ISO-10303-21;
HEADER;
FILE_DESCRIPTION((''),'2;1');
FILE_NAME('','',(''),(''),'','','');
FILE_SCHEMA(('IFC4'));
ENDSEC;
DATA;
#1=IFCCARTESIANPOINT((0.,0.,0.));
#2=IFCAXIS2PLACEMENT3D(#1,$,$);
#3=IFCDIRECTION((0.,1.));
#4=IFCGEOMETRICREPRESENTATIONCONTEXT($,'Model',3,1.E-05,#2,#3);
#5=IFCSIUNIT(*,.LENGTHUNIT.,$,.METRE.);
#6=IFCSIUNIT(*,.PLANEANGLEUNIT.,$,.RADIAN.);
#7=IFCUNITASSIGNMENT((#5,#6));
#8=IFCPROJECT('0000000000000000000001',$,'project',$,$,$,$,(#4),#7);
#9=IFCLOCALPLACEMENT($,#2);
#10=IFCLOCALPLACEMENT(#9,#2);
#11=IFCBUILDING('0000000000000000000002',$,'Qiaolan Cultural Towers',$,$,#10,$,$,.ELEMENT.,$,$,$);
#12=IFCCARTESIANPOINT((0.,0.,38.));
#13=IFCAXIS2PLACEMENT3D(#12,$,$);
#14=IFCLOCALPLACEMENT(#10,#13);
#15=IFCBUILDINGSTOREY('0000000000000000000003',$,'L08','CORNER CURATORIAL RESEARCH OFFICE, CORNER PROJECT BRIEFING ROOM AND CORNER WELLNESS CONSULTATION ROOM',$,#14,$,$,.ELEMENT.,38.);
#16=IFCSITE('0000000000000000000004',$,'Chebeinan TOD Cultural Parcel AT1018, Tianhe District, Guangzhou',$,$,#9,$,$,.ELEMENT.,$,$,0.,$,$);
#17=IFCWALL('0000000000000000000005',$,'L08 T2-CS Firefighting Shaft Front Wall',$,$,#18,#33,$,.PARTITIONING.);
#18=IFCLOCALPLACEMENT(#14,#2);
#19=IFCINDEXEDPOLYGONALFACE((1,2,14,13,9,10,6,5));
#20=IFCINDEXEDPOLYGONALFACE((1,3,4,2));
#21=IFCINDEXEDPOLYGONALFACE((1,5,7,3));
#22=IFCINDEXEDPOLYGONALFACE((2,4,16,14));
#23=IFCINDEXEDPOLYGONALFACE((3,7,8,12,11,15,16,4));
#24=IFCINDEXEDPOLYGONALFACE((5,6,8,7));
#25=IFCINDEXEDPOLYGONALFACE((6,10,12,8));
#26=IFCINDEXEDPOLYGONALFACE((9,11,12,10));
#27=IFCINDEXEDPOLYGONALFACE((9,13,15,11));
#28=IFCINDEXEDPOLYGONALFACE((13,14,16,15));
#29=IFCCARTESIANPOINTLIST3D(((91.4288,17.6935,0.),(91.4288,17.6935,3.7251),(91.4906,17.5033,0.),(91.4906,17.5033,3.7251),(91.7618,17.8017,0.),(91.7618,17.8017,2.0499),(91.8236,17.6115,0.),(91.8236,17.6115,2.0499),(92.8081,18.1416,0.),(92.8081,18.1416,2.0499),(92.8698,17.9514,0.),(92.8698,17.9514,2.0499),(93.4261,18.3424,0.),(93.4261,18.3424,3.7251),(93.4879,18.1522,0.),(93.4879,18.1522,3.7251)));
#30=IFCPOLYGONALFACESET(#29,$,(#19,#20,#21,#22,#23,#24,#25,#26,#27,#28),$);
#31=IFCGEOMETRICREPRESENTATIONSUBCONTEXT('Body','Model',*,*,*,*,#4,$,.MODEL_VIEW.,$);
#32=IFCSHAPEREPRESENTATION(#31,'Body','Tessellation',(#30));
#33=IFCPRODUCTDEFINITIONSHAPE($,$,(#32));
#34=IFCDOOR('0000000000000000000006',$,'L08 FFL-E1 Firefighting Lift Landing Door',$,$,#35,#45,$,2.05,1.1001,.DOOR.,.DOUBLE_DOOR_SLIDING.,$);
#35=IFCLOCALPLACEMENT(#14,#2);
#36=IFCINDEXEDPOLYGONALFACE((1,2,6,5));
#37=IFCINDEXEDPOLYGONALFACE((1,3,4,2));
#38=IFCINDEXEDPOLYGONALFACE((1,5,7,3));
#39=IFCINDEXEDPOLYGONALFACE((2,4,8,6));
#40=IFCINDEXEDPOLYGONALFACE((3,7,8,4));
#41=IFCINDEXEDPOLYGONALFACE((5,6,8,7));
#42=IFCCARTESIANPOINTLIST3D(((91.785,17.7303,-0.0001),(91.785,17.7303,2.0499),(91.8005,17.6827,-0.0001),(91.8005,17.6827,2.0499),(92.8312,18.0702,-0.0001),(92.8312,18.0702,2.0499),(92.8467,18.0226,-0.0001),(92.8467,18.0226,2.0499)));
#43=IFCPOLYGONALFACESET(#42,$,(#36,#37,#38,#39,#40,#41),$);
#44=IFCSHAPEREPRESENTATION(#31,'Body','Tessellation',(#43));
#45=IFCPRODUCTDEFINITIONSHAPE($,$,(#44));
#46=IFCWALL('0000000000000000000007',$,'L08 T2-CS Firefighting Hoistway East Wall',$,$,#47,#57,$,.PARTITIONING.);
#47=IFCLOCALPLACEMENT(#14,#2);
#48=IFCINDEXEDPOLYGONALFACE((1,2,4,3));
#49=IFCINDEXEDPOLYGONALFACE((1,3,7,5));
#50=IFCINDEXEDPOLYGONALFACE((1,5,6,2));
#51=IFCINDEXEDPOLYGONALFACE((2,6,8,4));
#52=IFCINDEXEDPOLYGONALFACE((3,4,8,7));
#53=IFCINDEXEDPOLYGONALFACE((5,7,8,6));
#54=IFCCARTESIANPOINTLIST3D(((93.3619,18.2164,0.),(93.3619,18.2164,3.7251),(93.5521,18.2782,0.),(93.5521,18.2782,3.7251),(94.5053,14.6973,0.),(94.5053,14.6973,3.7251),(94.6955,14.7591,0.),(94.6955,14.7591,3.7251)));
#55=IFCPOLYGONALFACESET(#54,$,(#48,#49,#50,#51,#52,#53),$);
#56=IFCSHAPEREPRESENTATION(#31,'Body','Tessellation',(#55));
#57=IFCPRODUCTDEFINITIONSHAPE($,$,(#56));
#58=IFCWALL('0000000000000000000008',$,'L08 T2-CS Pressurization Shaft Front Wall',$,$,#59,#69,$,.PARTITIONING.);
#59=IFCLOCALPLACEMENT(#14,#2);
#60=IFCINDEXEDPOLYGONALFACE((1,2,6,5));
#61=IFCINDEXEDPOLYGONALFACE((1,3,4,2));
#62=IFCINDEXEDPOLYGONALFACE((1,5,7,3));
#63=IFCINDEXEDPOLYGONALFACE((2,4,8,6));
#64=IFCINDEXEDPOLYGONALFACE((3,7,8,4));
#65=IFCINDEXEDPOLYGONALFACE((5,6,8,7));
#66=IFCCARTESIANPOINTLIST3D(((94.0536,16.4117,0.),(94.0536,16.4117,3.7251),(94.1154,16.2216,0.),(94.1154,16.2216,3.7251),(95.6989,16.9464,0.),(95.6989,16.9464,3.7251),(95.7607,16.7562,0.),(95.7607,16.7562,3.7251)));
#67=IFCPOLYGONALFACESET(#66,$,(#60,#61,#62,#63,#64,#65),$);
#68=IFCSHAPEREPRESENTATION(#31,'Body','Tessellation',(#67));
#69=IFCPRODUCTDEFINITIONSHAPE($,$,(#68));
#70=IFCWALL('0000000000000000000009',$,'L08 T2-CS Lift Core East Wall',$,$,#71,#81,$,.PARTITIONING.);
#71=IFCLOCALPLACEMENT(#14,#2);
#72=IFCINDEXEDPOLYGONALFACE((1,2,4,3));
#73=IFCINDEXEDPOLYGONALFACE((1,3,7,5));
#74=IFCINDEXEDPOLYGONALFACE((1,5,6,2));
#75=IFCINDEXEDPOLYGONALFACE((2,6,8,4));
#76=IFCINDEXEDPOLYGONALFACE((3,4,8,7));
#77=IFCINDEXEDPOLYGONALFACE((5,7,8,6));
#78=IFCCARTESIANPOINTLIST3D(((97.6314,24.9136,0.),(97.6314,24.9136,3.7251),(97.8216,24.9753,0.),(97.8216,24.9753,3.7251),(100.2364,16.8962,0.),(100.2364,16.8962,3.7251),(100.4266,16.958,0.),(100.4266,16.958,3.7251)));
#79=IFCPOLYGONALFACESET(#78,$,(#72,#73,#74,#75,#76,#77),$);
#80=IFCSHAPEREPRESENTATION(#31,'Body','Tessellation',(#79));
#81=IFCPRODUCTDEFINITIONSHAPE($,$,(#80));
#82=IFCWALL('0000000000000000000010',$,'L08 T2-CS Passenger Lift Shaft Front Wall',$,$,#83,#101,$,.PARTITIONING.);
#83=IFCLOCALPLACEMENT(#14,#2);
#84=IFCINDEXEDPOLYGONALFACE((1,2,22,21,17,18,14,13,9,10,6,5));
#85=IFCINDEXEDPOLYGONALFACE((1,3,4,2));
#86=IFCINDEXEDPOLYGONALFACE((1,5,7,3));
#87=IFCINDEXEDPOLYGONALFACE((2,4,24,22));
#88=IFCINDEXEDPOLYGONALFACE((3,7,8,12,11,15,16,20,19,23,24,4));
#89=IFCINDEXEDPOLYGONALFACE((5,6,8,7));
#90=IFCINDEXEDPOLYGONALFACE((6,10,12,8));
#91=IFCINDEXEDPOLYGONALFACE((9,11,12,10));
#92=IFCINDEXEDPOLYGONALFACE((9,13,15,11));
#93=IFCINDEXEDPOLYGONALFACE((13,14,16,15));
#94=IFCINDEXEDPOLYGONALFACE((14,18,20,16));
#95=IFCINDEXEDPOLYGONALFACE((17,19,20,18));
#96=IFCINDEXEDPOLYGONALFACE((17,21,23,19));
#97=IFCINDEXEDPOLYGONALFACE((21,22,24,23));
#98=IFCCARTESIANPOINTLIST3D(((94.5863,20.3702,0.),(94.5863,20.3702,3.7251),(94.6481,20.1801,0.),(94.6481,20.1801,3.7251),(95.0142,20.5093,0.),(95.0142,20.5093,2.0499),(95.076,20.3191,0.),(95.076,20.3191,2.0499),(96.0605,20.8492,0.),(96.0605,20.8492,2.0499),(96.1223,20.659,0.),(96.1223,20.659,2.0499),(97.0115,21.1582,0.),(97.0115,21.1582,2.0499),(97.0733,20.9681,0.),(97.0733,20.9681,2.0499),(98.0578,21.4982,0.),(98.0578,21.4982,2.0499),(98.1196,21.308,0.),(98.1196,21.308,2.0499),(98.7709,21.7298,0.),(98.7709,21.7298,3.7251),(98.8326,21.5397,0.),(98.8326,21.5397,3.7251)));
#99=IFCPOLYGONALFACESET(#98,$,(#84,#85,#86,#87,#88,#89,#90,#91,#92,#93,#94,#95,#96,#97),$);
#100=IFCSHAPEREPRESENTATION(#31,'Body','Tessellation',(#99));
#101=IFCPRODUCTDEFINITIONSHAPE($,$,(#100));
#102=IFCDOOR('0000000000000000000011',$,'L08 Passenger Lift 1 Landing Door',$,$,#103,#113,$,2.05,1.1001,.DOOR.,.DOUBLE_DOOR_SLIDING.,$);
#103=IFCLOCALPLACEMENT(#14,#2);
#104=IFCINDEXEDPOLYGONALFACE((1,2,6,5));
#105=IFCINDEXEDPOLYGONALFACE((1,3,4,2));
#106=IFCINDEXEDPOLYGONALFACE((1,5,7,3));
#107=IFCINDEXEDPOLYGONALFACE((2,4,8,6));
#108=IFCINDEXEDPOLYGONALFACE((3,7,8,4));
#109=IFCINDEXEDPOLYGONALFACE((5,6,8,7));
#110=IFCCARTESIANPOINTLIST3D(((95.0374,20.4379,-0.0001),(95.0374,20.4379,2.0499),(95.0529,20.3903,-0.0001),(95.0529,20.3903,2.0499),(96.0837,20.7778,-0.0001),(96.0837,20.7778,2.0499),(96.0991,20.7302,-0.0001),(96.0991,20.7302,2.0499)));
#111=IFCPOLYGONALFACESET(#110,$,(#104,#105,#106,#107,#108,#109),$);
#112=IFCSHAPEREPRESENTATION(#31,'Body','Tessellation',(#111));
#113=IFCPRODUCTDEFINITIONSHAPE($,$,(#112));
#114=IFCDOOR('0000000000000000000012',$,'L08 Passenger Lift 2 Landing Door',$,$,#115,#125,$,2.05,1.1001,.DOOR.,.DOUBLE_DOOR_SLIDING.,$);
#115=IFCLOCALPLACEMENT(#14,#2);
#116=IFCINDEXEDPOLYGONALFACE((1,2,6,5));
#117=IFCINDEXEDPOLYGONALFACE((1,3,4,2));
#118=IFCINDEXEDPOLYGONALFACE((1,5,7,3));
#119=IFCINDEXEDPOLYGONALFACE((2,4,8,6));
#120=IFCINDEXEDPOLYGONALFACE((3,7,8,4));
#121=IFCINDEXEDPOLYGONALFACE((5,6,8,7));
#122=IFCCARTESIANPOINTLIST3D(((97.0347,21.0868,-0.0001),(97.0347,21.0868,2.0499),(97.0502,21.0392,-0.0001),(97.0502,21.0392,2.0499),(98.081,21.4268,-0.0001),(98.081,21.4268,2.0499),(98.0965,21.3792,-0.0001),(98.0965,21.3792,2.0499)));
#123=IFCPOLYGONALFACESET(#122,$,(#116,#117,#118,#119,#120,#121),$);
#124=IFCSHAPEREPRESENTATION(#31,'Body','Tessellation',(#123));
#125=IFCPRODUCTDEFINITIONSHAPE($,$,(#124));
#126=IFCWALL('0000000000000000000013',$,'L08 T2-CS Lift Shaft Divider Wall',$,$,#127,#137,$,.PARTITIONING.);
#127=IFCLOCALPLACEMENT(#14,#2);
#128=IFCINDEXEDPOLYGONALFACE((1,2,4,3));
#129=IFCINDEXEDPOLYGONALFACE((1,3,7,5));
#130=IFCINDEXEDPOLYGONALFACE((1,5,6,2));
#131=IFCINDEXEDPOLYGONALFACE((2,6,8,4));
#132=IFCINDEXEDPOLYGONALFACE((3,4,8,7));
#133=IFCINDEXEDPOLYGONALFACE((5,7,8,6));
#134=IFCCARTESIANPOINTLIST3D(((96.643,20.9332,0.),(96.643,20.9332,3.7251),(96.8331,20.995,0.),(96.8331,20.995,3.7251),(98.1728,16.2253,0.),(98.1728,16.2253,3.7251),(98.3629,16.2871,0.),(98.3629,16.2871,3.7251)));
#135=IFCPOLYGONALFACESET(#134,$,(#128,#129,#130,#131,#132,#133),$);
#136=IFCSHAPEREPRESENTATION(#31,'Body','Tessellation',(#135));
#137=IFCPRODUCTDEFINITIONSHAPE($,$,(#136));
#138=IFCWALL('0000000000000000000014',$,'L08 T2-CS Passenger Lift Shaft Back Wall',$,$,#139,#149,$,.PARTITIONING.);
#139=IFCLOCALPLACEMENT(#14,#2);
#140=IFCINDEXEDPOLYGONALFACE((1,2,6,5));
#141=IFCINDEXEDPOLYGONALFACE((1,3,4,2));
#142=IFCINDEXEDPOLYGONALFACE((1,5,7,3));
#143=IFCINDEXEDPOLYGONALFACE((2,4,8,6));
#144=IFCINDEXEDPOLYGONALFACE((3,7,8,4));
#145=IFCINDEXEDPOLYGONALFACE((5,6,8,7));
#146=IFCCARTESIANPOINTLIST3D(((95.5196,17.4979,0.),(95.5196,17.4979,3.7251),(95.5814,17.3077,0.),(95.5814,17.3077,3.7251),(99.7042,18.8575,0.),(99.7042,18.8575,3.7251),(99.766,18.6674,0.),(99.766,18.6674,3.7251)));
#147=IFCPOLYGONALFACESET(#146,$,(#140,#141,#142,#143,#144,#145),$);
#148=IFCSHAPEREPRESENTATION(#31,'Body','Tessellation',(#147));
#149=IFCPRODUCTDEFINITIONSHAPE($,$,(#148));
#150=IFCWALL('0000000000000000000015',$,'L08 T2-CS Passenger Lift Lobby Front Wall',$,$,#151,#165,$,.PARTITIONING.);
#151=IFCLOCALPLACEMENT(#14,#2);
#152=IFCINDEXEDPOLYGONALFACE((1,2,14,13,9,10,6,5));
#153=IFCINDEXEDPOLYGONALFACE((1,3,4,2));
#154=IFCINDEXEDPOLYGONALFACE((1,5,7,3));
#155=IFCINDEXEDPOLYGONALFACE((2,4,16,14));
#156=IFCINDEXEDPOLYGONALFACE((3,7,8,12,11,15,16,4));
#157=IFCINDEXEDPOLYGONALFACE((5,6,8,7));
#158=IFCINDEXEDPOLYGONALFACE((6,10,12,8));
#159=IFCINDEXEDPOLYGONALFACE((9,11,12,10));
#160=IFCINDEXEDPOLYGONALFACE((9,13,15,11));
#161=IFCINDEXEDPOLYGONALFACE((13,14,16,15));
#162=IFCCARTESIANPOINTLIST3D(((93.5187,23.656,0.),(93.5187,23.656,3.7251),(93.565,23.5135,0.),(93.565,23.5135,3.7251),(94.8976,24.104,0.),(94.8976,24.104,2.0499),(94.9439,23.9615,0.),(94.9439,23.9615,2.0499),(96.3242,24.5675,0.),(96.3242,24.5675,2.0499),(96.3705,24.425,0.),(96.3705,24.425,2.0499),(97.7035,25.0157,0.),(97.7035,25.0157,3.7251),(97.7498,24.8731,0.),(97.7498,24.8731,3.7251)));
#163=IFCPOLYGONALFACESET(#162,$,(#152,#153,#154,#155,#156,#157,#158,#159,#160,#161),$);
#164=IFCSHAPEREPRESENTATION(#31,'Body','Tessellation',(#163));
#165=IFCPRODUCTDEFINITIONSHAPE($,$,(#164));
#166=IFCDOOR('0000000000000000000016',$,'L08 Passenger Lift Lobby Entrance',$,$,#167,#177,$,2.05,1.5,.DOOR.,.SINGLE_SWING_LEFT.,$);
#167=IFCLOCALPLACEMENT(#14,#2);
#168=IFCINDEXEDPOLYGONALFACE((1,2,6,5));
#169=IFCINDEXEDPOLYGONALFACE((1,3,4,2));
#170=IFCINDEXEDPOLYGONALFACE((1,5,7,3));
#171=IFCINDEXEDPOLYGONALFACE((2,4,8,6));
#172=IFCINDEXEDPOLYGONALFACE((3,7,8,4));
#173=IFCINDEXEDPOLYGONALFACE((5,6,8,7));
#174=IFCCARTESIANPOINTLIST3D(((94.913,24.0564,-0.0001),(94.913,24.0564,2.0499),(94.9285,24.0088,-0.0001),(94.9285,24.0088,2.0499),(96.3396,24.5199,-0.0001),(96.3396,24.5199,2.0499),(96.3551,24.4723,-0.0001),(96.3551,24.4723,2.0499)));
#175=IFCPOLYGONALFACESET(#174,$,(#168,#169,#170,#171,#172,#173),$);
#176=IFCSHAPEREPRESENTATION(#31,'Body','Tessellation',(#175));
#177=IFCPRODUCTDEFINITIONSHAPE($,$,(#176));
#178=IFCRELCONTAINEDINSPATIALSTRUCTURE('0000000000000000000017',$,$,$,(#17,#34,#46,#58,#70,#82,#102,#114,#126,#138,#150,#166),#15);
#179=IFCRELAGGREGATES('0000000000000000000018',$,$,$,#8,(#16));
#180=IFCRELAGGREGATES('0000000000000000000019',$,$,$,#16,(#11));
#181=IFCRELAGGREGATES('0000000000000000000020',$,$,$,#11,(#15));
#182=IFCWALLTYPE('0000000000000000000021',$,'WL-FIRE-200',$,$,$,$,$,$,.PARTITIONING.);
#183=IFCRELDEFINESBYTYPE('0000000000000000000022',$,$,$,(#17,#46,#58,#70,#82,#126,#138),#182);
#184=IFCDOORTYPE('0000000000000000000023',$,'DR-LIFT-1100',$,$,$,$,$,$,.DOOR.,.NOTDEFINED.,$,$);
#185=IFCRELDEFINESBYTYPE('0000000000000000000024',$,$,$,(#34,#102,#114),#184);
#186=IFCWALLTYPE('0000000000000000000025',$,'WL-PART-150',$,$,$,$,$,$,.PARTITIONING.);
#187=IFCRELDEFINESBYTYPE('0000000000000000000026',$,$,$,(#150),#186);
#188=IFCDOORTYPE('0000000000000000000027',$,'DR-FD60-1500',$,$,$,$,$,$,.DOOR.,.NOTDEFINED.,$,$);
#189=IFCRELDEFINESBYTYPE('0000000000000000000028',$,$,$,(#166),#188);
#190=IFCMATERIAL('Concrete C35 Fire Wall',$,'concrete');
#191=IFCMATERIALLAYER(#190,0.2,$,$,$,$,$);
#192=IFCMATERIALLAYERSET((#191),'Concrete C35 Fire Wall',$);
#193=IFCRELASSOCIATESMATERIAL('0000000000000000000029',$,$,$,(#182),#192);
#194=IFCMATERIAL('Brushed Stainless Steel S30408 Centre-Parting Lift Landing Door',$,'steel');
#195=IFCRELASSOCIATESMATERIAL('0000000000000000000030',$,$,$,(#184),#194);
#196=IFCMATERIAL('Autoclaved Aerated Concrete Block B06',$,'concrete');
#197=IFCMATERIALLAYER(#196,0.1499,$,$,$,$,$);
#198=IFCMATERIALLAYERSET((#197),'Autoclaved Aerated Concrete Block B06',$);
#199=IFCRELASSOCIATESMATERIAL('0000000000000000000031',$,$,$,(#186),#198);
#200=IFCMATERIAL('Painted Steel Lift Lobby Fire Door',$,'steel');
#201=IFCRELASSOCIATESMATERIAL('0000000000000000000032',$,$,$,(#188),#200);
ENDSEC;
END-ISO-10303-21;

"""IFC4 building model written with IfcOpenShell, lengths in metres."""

from ifc_helpers import new_model, si_unit, direction, frame, frame_2d, origin, place, context, subcontext, project, spatial, rectangle, extrude, material, layer, layer_set, type_object, element, fill, save


model = new_model("IFC4")

# Units and contexts
model_context = context("Model", 3, precision=1e-05, world=origin(), true_north=direction((0.0, 1.0)))
body_context = subcontext(model_context, "Body", "Model", "MODEL_VIEW")
ifc_project = project(units=[si_unit("LENGTHUNIT", "METRE"), si_unit("PLANEANGLEUNIT", "RADIAN")], contexts=[model_context])

# Site, building, storey
site_placement = place(None, origin())
site = spatial("IfcSite", under=ifc_project, at=site_placement, Name="Chebeinan TOD Cultural Parcel AT1018, Tianhe District, Guangzhou", CompositionType="ELEMENT", RefElevation=0.0)
building_placement = place(site_placement, origin())
building = spatial("IfcBuilding", under=site, at=building_placement, Name="Qiaolan Cultural Towers", CompositionType="ELEMENT")
storey_placement = place(building_placement, frame((0.0, 0.0, 38.0)))
storey = spatial("IfcBuildingStorey", under=building, at=storey_placement, Name="L08", Description="CORNER CURATORIAL RESEARCH OFFICE, CORNER PROJECT BRIEFING ROOM AND CORNER WELLNESS CONSULTATION ROOM", CompositionType="ELEMENT", Elevation=38.0)

# Shared definitions
ifc_material_1 = material(Name="Concrete C35 Fire Wall", Category="concrete")
ifc_layer_1 = layer(ifc_material_1, 0.2)
ifc_layer_set_1 = layer_set([ifc_layer_1], Name="Concrete C35 Fire Wall")
wall_type_1 = type_object("IfcWallType", Name="WL-FIRE-200", PredefinedType="PARTITIONING", material=ifc_layer_set_1)

# Wall, opening, door
wall_1_placement = place(storey_placement, frame((91.4597, 17.5984, 0.0), z_axis=(0.0, 0.0, 1.0), x_axis=(0.951062, 0.308999, 0.0)))
wall_1 = element("IfcWall", 1, at=wall_1_placement, inside=storey, type_object=wall_type_1, Name="L08 T2-CS Firefighting Shaft Front Wall", PredefinedType="PARTITIONING", context=body_context, shape_type="SweptSolid", body=[
    extrude(rectangle(XDim=2.1001, YDim=0.2, at=frame_2d((1.05, 0.0))), origin(), (0.0, 0.0, 1.0), 3.7251),
])
opening_1_placement = place(wall_1_placement, frame((0.3501, 0.0, 0.0)))
opening_1 = element("IfcOpeningElement", 2, at=opening_1_placement, cuts=wall_1, PredefinedType="OPENING", context=body_context, shape_type="SweptSolid", body=[
    extrude(rectangle(XDim=1.1001, YDim=2.05, at=frame_2d((0.55, 1.0249))), frame((0.0, 0.1099, 0.0), z_axis=(0.0, -1.0, 0.0), x_axis=(1.0, 0.0, 0.0)), (0.0, 0.0, 1.0), 0.22),
])
ifc_material_2 = material(Name="Brushed Stainless Steel S30408 Centre-Parting Lift Landing Door", Category="steel")
door_type_1 = type_object("IfcDoorType", Name="DR-LIFT-1100", OperationType="NOTDEFINED", PredefinedType="DOOR", material=ifc_material_2)
door_1_placement = place(opening_1_placement, origin())
door_1 = element("IfcDoor", 3, at=door_1_placement, inside=storey, type_object=door_type_1, Name="L08 FFL-E1 Firefighting Lift Landing Door", OperationType="DOUBLE_DOOR_SLIDING", OverallHeight=2.05, OverallWidth=1.1001, PredefinedType="DOOR", context=body_context, shape_type="SweptSolid", body=[
    extrude(rectangle(XDim=1.1001, YDim=2.05, at=frame_2d((0.55, 1.0249))), frame((0.0, 0.0249, 0.0), z_axis=(0.0, -1.0, 0.0), x_axis=(1.0, 0.0, 0.0)), (0.0, 0.0, 1.0), 0.05),
])
fill(opening_1, door_1)

# Walls
wall_2_placement = place(storey_placement, frame((93.457, 18.2473, 0.0), z_axis=(0.0, 0.0, 1.0), x_axis=(0.308994, -0.951064, 0.0)))
element("IfcWall", 4, at=wall_2_placement, inside=storey, type_object=wall_type_1, Name="L08 T2-CS Firefighting Hoistway East Wall", PredefinedType="PARTITIONING", context=body_context, shape_type="SweptSolid", body=[
    extrude(rectangle(XDim=3.7002, YDim=0.2, at=frame_2d((1.8501, 0.0))), origin(), (0.0, 0.0, 1.0), 3.7251),
])
wall_3_placement = place(storey_placement, frame((94.0845, 16.3167, 0.0), z_axis=(0.0, 0.0, 1.0), x_axis=(0.951041, 0.309064, 0.0)))
element("IfcWall", 5, at=wall_3_placement, inside=storey, type_object=wall_type_1, Name="L08 T2-CS Pressurization Shaft Front Wall", PredefinedType="PARTITIONING", context=body_context, shape_type="SweptSolid", body=[
    extrude(rectangle(XDim=1.73, YDim=0.2, at=frame_2d((0.865, 0.0))), origin(), (0.0, 0.0, 1.0), 3.7251),
])
wall_4_placement = place(storey_placement, frame((97.7266, 24.9443, 0.0), z_axis=(0.0, 0.0, 1.0), x_axis=(0.309016, -0.951057, 0.0)))
element("IfcWall", 6, at=wall_4_placement, inside=storey, type_object=wall_type_1, Name="L08 T2-CS Lift Core East Wall", PredefinedType="PARTITIONING", context=body_context, shape_type="SweptSolid", body=[
    extrude(rectangle(XDim=8.4299, YDim=0.2, at=frame_2d((4.2148, 0.0))), origin(), (0.0, 0.0, 1.0), 3.7251),
])

# Wall, openings, doors
wall_5_placement = place(storey_placement, frame((94.6172, 20.2751, 0.0), z_axis=(0.0, 0.0, 1.0), x_axis=(0.951059, 0.309011, 0.0)))
wall_5 = element("IfcWall", 7, at=wall_5_placement, inside=storey, type_object=wall_type_1, Name="L08 T2-CS Passenger Lift Shaft Front Wall", PredefinedType="PARTITIONING", context=body_context, shape_type="SweptSolid", body=[
    extrude(rectangle(XDim=4.3999, YDim=0.2, at=frame_2d((2.2, 0.0))), origin(), (0.0, 0.0, 1.0), 3.7251),
])
opening_2_placement = place(wall_5_placement, frame((0.45, 0.0, 0.0)))
opening_2 = element("IfcOpeningElement", 8, at=opening_2_placement, cuts=wall_5, PredefinedType="OPENING", context=body_context, shape_type="SweptSolid", body=[
    extrude(rectangle(XDim=1.1001, YDim=2.05, at=frame_2d((0.55, 1.0249))), frame((0.0, 0.1099, 0.0), z_axis=(0.0, -1.0, 0.0), x_axis=(1.0, 0.0, 0.0)), (0.0, 0.0, 1.0), 0.22),
])
opening_3_placement = place(wall_5_placement, frame((2.55, 0.0, 0.0)))
opening_3 = element("IfcOpeningElement", 9, at=opening_3_placement, cuts=wall_5, PredefinedType="OPENING", context=body_context, shape_type="SweptSolid", body=[
    extrude(rectangle(XDim=1.1001, YDim=2.05, at=frame_2d((0.55, 1.0249))), frame((0.0, 0.1099, 0.0), z_axis=(0.0, -1.0, 0.0), x_axis=(1.0, 0.0, 0.0)), (0.0, 0.0, 1.0), 0.22),
])
door_2_placement = place(opening_2_placement, origin())
door_2 = element("IfcDoor", 10, at=door_2_placement, inside=storey, type_object=door_type_1, Name="L08 Passenger Lift 1 Landing Door", OperationType="DOUBLE_DOOR_SLIDING", OverallHeight=2.05, OverallWidth=1.1001, PredefinedType="DOOR", context=body_context, shape_type="SweptSolid", body=[
    extrude(rectangle(XDim=1.1001, YDim=2.05, at=frame_2d((0.55, 1.0249))), frame((0.0, 0.0249, 0.0), z_axis=(0.0, -1.0, 0.0), x_axis=(1.0, 0.0, 0.0)), (0.0, 0.0, 1.0), 0.05),
])
fill(opening_2, door_2)
door_3_placement = place(opening_3_placement, origin())
door_3 = element("IfcDoor", 11, at=door_3_placement, inside=storey, type_object=door_type_1, Name="L08 Passenger Lift 2 Landing Door", OperationType="DOUBLE_DOOR_SLIDING", OverallHeight=2.05, OverallWidth=1.1001, PredefinedType="DOOR", context=body_context, shape_type="SweptSolid", body=[
    extrude(rectangle(XDim=1.1001, YDim=2.05, at=frame_2d((0.55, 1.0249))), frame((0.0, 0.0249, 0.0), z_axis=(0.0, -1.0, 0.0), x_axis=(1.0, 0.0, 0.0)), (0.0, 0.0, 1.0), 0.05),
])
fill(opening_3, door_3)

# Walls
wall_6_placement = place(storey_placement, frame((96.738, 20.9641, 0.0), z_axis=(0.0, 0.0, 1.0), x_axis=(0.309043, -0.951048, 0.0)))
element("IfcWall", 12, at=wall_6_placement, inside=storey, type_object=wall_type_1, Name="L08 T2-CS Lift Shaft Divider Wall", PredefinedType="PARTITIONING", context=body_context, shape_type="SweptSolid", body=[
    extrude(rectangle(XDim=4.9502, YDim=0.2, at=frame_2d((2.4751, 0.0))), origin(), (0.0, 0.0, 1.0), 3.7251),
])
wall_7_placement = place(storey_placement, frame((95.5505, 17.4028, 0.0), z_axis=(0.0, 0.0, 1.0), x_axis=(0.951059, 0.309011, 0.0)))
element("IfcWall", 13, at=wall_7_placement, inside=storey, type_object=wall_type_1, Name="L08 T2-CS Passenger Lift Shaft Back Wall", PredefinedType="PARTITIONING", context=body_context, shape_type="SweptSolid", body=[
    extrude(rectangle(XDim=4.3999, YDim=0.2, at=frame_2d((2.2, 0.0))), origin(), (0.0, 0.0, 1.0), 3.7251),
])

# Wall, opening, door
ifc_material_3 = material(Name="Autoclaved Aerated Concrete Block B06", Category="concrete")
ifc_layer_2 = layer(ifc_material_3, 0.1499)
ifc_layer_set_2 = layer_set([ifc_layer_2], Name="Autoclaved Aerated Concrete Block B06")
wall_type_2 = type_object("IfcWallType", Name="WL-PART-150", PredefinedType="PARTITIONING", material=ifc_layer_set_2)
wall_8_placement = place(storey_placement, frame((93.5417, 23.5847, 0.0), z_axis=(0.0, 0.0, 1.0), x_axis=(0.951064, 0.308994, 0.0)))
wall_8 = element("IfcWall", 14, at=wall_8_placement, inside=storey, type_object=wall_type_2, Name="L08 T2-CS Passenger Lift Lobby Front Wall", PredefinedType="PARTITIONING", context=body_context, shape_type="SweptSolid", body=[
    extrude(rectangle(XDim=4.4001, YDim=0.1499, at=frame_2d((2.2002, 0.0))), origin(), (0.0, 0.0, 1.0), 3.7251),
])
opening_4_placement = place(wall_8_placement, frame((1.45, 0.0, 0.0)))
opening_4 = element("IfcOpeningElement", 15, at=opening_4_placement, cuts=wall_8, PredefinedType="OPENING", context=body_context, shape_type="SweptSolid", body=[
    extrude(rectangle(XDim=1.5, YDim=2.05, at=frame_2d((0.75, 1.0249))), frame((0.0, 0.085, 0.0), z_axis=(0.0, -1.0, 0.0), x_axis=(1.0, 0.0, 0.0)), (0.0, 0.0, 1.0), 0.1699),
])
ifc_material_4 = material(Name="Painted Steel Lift Lobby Fire Door", Category="steel")
door_type_2 = type_object("IfcDoorType", Name="DR-FD60-1500", OperationType="NOTDEFINED", PredefinedType="DOOR", material=ifc_material_4)
door_4_placement = place(opening_4_placement, origin())
door_4 = element("IfcDoor", 16, at=door_4_placement, inside=storey, type_object=door_type_2, Name="L08 Passenger Lift Lobby Entrance", OperationType="SINGLE_SWING_LEFT", OverallHeight=2.05, OverallWidth=1.5, PredefinedType="DOOR", context=body_context, shape_type="SweptSolid", body=[
    extrude(rectangle(XDim=1.5, YDim=2.05, at=frame_2d((0.75, 1.0249))), frame((0.0, 0.0249, 0.0), z_axis=(0.0, -1.0, 0.0), x_axis=(1.0, 0.0, 0.0)), (0.0, 0.0, 1.0), 0.05),
])
fill(opening_4, door_4)

save(model, "model.ifc")
